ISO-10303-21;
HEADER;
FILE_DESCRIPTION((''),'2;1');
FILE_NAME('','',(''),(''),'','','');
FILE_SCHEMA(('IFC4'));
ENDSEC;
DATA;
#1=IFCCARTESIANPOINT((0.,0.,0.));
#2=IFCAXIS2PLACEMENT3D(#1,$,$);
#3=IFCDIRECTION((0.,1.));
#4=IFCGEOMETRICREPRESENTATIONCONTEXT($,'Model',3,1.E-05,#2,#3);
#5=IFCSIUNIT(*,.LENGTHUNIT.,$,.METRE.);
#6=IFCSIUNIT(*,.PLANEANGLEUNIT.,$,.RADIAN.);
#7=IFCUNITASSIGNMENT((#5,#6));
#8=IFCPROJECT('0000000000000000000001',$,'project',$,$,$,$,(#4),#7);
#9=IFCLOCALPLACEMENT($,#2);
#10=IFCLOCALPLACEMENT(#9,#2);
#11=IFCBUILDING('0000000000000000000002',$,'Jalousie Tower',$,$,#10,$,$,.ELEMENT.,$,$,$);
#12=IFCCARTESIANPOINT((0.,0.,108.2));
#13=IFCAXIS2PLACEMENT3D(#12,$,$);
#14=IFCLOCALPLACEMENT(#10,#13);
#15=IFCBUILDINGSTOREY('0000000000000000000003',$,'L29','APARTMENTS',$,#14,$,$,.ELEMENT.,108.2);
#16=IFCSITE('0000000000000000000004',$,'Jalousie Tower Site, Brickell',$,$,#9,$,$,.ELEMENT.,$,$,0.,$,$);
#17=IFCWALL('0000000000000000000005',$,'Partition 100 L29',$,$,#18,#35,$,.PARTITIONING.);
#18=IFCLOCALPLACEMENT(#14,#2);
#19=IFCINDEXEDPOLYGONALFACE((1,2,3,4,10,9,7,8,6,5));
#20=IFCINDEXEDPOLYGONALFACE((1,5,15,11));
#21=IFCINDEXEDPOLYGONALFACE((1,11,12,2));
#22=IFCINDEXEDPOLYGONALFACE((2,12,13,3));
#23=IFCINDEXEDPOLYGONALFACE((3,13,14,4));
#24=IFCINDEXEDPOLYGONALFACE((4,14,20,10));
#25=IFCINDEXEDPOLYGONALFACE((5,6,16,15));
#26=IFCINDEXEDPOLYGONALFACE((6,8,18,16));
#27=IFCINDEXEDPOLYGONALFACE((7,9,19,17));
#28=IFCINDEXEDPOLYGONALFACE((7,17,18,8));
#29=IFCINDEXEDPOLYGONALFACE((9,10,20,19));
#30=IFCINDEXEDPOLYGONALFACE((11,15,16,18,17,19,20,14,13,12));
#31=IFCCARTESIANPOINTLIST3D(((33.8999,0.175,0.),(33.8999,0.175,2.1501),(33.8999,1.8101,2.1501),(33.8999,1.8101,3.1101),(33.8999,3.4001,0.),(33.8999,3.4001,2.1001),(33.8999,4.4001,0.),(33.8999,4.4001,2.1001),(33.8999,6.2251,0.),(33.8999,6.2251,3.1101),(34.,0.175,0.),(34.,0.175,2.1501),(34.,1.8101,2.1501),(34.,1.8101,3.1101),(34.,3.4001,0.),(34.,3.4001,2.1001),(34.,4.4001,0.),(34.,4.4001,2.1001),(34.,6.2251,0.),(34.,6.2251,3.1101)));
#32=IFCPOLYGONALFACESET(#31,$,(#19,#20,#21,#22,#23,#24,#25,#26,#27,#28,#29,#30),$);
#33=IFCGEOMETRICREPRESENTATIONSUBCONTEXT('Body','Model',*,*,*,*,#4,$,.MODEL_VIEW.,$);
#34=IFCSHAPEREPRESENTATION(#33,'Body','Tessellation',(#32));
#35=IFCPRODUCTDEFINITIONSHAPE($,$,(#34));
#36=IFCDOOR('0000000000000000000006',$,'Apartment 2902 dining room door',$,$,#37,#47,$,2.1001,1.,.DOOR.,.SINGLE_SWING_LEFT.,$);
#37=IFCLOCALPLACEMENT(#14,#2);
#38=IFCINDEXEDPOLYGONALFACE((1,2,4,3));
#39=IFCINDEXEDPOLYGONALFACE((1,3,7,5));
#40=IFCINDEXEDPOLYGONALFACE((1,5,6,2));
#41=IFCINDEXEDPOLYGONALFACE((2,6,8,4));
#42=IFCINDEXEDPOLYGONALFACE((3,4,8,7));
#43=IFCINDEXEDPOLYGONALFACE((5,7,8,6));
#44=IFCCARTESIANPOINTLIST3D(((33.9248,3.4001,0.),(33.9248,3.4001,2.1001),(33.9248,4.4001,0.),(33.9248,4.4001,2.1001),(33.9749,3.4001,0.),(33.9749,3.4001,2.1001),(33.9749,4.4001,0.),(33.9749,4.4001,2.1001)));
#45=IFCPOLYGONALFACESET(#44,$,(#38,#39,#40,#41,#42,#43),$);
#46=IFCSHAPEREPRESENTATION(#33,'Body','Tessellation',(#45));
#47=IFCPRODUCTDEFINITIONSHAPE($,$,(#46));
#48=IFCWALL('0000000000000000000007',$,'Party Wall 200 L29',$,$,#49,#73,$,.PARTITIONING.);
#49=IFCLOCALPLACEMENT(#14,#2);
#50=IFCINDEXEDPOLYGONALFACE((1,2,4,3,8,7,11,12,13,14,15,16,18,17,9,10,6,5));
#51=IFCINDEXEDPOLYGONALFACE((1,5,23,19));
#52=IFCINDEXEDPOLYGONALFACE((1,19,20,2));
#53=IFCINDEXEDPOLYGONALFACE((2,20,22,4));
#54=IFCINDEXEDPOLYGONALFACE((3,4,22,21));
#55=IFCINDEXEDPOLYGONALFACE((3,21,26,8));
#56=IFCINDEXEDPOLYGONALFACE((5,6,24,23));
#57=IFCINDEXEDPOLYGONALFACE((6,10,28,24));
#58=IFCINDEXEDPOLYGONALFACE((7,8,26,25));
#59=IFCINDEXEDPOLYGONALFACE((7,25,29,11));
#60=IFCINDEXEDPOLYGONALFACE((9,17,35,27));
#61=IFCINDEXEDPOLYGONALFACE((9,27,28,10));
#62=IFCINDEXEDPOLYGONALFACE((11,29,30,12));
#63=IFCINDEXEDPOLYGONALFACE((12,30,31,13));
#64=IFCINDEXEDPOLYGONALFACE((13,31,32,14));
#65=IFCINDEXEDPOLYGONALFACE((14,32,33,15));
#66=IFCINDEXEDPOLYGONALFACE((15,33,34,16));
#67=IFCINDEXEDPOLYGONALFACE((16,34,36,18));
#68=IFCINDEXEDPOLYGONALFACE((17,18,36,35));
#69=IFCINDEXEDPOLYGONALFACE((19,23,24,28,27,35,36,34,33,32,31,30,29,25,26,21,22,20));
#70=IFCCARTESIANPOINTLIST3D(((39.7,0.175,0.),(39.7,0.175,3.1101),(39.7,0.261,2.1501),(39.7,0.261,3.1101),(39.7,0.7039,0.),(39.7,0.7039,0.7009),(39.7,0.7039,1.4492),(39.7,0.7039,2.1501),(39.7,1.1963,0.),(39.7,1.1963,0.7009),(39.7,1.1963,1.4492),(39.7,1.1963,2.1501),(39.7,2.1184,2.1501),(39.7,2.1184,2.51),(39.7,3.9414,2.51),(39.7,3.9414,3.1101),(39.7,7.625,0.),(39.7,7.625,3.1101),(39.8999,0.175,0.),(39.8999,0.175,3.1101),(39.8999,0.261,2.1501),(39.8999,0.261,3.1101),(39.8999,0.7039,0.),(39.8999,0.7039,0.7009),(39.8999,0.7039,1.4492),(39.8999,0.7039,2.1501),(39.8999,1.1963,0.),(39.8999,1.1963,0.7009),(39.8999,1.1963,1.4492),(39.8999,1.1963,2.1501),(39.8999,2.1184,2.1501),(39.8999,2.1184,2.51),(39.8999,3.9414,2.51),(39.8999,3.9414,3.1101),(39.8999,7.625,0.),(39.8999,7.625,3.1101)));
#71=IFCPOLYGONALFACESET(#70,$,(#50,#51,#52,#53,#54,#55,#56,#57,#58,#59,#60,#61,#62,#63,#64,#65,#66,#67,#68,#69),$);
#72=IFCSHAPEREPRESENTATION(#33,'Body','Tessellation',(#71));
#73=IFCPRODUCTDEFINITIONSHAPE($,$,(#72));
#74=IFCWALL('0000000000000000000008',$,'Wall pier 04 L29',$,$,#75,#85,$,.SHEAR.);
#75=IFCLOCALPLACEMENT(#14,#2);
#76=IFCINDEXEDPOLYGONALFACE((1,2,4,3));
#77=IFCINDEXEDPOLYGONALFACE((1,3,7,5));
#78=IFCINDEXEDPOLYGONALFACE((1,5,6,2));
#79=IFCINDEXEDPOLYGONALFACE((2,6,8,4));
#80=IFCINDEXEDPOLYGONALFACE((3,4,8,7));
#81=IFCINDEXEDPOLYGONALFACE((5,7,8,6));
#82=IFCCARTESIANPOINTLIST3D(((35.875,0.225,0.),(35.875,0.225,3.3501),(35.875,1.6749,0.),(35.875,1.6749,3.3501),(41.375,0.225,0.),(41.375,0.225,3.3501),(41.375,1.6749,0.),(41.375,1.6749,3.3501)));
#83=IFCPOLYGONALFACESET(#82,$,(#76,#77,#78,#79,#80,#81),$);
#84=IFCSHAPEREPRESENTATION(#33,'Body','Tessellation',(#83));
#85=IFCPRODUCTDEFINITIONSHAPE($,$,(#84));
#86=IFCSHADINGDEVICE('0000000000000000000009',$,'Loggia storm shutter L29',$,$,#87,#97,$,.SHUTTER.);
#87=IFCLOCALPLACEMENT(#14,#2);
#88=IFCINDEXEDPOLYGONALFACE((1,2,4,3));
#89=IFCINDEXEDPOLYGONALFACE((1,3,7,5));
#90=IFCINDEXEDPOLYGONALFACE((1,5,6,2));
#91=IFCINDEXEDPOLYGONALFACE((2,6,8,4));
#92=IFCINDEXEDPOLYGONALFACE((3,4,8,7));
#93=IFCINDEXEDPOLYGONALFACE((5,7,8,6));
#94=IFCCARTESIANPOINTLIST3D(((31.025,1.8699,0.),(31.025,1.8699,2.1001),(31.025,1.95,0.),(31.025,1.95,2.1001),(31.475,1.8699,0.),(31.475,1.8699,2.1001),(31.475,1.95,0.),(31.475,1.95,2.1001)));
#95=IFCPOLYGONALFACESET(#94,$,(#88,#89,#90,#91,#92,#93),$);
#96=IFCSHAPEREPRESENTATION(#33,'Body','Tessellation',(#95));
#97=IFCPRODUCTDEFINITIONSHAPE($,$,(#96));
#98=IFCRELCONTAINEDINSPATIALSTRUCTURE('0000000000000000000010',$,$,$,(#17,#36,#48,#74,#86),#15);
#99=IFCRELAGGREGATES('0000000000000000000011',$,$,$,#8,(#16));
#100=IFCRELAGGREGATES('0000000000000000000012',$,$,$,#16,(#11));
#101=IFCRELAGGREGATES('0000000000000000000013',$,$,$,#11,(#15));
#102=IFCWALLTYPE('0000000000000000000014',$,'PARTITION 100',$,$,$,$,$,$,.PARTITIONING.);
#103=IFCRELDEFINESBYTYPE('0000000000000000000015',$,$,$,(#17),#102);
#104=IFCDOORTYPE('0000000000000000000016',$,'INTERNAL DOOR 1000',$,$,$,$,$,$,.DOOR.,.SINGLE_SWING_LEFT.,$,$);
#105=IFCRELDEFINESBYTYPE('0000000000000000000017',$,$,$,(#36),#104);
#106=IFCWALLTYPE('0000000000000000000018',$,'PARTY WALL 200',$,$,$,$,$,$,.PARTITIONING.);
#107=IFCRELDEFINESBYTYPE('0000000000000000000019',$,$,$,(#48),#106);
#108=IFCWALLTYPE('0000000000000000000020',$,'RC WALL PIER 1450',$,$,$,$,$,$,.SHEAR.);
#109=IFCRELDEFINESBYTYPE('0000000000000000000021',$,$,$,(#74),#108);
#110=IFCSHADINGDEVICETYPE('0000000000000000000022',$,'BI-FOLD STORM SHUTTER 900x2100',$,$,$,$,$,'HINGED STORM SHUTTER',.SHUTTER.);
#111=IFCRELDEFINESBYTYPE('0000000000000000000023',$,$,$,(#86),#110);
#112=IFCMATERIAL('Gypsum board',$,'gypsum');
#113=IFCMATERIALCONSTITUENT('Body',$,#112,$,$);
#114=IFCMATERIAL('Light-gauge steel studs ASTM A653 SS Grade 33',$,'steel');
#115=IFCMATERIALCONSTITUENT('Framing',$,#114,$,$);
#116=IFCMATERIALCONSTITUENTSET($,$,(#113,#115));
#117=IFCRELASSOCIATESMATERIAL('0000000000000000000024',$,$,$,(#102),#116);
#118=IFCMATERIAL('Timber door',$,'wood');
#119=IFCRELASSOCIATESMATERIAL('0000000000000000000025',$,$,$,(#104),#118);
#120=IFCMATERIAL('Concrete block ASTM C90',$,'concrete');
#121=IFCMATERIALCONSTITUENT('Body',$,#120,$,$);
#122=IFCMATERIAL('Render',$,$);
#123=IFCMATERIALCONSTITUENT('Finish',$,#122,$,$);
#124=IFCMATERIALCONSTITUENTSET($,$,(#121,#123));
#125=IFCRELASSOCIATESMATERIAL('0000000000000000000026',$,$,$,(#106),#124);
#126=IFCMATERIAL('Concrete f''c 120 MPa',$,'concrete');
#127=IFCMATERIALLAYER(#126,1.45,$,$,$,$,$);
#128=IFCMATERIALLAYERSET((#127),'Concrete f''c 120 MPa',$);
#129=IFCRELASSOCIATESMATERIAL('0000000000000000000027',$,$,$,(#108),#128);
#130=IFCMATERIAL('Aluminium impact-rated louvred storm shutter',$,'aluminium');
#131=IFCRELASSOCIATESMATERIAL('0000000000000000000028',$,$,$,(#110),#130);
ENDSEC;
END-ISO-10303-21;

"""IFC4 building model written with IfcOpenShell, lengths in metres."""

from ifc_helpers import new_model, si_unit, direction, frame, frame_2d, origin, origin_2d, place, context, subcontext, project, spatial, polyline, rectangle, outline, extrude, material, layer, layer_set, constituent, constituent_set, type_object, element, fill, save


model = new_model("IFC4")

# Units and contexts
model_context = context("Model", 3, precision=1e-05, world=origin(), true_north=direction((0.0, 1.0)))
body_context = subcontext(model_context, "Body", "Model", "MODEL_VIEW")
ifc_project = project(units=[si_unit("LENGTHUNIT", "METRE"), si_unit("PLANEANGLEUNIT", "RADIAN")], contexts=[model_context])

# Site, building, storey
site_placement = place(None, origin())
site = spatial("IfcSite", under=ifc_project, at=site_placement, Name="Jalousie Tower Site, Brickell", CompositionType="ELEMENT", RefElevation=0.0)
building_placement = place(site_placement, origin())
building = spatial("IfcBuilding", under=site, at=building_placement, Name="Jalousie Tower", CompositionType="ELEMENT")
storey_placement = place(building_placement, frame((0.0, 0.0, 108.2)))
storey = spatial("IfcBuildingStorey", under=building, at=storey_placement, Name="L29", Description="APARTMENTS", CompositionType="ELEMENT", Elevation=108.2)

# Wall, opening, door
ifc_material_1 = material(Name="Gypsum board", Category="gypsum")
ifc_constituent_1 = constituent(ifc_material_1, Name="Body")
ifc_material_2 = material(Name="Light-gauge steel studs ASTM A653 SS Grade 33", Category="steel")
ifc_constituent_2 = constituent(ifc_material_2, Name="Framing")
ifc_constituent_set_1 = constituent_set(constituents=[ifc_constituent_1, ifc_constituent_2])
wall_type_1 = type_object("IfcWallType", Name="PARTITION 100", PredefinedType="PARTITIONING", material=ifc_constituent_set_1)
wall_1_placement = place(storey_placement, frame((33.95, 0.175, 0.0), z_axis=(0.0, 0.0, 1.0), x_axis=(0.0, 1.0, 0.0)))
wall_1 = element("IfcWall", 1, at=wall_1_placement, inside=storey, type_object=wall_type_1, Name="Partition 100 L29", PredefinedType="PARTITIONING", context=body_context, shape_type="SweptSolid", body=[
    extrude(outline(polyline([(0.0, 0.0), (6.05, 0.0), (6.05, 3.1101), (1.635, 3.1101), (1.635, 2.1501), (0.0, 2.1501), (0.0, 3.1101), (0.0, 0.0)])), frame((0.0, 0.05, 0.0), z_axis=(0.0, -1.0, 0.0), x_axis=(1.0, 0.0, 0.0)), (0.0, 0.0, 1.0), 0.1001),
])
opening_1_placement = place(wall_1_placement, frame((3.2251, 0.0, 0.0)))
opening_1 = element("IfcOpeningElement", 2, at=opening_1_placement, cuts=wall_1, PredefinedType="OPENING", context=body_context, shape_type="SweptSolid", body=[
    extrude(rectangle(XDim=1.0, YDim=2.1001, at=frame_2d((0.5, 1.05))), frame((0.0, 0.0601, 0.0), z_axis=(0.0, -1.0, 0.0), x_axis=(1.0, 0.0, 0.0)), (0.0, 0.0, 1.0), 0.1201),
])
ifc_material_3 = material(Name="Timber door", Category="wood")
door_type = type_object("IfcDoorType", Name="INTERNAL DOOR 1000", OperationType="SINGLE_SWING_LEFT", PredefinedType="DOOR", material=ifc_material_3)
door_placement = place(opening_1_placement, frame((1.0, 0.0, 0.0), z_axis=(0.0, 0.0, 1.0), x_axis=(-1.0, 0.0, 0.0)))
door = element("IfcDoor", 3, at=door_placement, inside=storey, type_object=door_type, Name="Apartment 2902 dining room door", OperationType="SINGLE_SWING_LEFT", OverallHeight=2.1001, OverallWidth=1.0, PredefinedType="DOOR", context=body_context, shape_type="SweptSolid", body=[
    extrude(rectangle(XDim=1.0, YDim=2.1001, at=frame_2d((0.5, 1.05))), frame((0.0, 0.0249, 0.0), z_axis=(0.0, -1.0, 0.0), x_axis=(1.0, 0.0, 0.0)), (0.0, 0.0, 1.0), 0.05),
])
fill(opening_1, door)

# Walls
ifc_material_4 = material(Name="Concrete block ASTM C90", Category="concrete")
ifc_constituent_3 = constituent(ifc_material_4, Name="Body")
ifc_material_5 = material(Name="Render")
ifc_constituent_4 = constituent(ifc_material_5, Name="Finish")
ifc_constituent_set_2 = constituent_set(constituents=[ifc_constituent_3, ifc_constituent_4])
wall_type_2 = type_object("IfcWallType", Name="PARTY WALL 200", PredefinedType="PARTITIONING", material=ifc_constituent_set_2)
wall_2_placement = place(storey_placement, frame((39.8, 0.175, 0.0), z_axis=(0.0, 0.0, 1.0), x_axis=(0.0, 1.0, 0.0)))
element("IfcWall", 4, at=wall_2_placement, inside=storey, type_object=wall_type_2, Name="Party Wall 200 L29", PredefinedType="PARTITIONING", context=body_context, shape_type="SweptSolid", body=[
    extrude(outline(polyline([(0.0859, 3.1101), (0.0, 3.1101), (0.0, 0.0), (0.5288, 0.0), (0.5288, 0.7009), (1.0212, 0.7009), (1.0212, 0.0), (7.45, 0.0), (7.45, 3.1101), (3.7664, 3.1101), (3.7664, 2.51), (1.9434, 2.51), (1.9434, 2.1501), (1.0212, 2.1501), (1.0212, 1.4492), (0.5288, 1.4492), (0.5288, 2.1501), (0.0859, 2.1501), (0.0859, 3.1101)])), frame((0.0, 0.1001, 0.0), z_axis=(0.0, -1.0, 0.0), x_axis=(1.0, 0.0, 0.0)), (0.0, 0.0, 1.0), 0.2),
])
ifc_material_6 = material(Name="Concrete f'c 120 MPa", Category="concrete")
ifc_layer_1 = layer(ifc_material_6, 1.45)
ifc_layer_set_1 = layer_set([ifc_layer_1], Name="Concrete f'c 120 MPa")
wall_type_3 = type_object("IfcWallType", Name="RC WALL PIER 1450", PredefinedType="SHEAR", material=ifc_layer_set_1)
wall_3_placement = place(storey_placement, frame((35.875, 0.95, 0.0), z_axis=(0.0, 0.0, 1.0), x_axis=(1.0, 0.0, 0.0)))
element("IfcWall", 5, at=wall_3_placement, inside=storey, type_object=wall_type_3, Name="Wall pier 04 L29", PredefinedType="SHEAR", context=body_context, shape_type="SweptSolid", body=[
    extrude(rectangle(XDim=5.5, YDim=1.45, at=frame_2d((2.75, 0.0))), origin(), (0.0, 0.0, 1.0), 3.3501),
])

# Shading device
ifc_material_7 = material(Name="Aluminium impact-rated louvred storm shutter", Category="aluminium")
shading_device_type_1 = type_object("IfcShadingDeviceType", Name="BI-FOLD STORM SHUTTER 900x2100", ElementType="HINGED STORM SHUTTER", PredefinedType="SHUTTER", material=ifc_material_7)
shading_device_placement = place(storey_placement, frame((31.25, 1.9099, 0.0), z_axis=(0.0, 0.0, 1.0), x_axis=(1.0, 0.0, 0.0)))
element("IfcShadingDevice", 6, at=shading_device_placement, inside=storey, type_object=shading_device_type_1, Name="Loggia storm shutter L29", PredefinedType="SHUTTER", context=body_context, shape_type="SweptSolid", body=[
    extrude(rectangle(XDim=0.45, YDim=0.0801, at=origin_2d()), origin(), (0.0, 0.0, 1.0), 2.1001),
])

save(model, "model.ifc")
